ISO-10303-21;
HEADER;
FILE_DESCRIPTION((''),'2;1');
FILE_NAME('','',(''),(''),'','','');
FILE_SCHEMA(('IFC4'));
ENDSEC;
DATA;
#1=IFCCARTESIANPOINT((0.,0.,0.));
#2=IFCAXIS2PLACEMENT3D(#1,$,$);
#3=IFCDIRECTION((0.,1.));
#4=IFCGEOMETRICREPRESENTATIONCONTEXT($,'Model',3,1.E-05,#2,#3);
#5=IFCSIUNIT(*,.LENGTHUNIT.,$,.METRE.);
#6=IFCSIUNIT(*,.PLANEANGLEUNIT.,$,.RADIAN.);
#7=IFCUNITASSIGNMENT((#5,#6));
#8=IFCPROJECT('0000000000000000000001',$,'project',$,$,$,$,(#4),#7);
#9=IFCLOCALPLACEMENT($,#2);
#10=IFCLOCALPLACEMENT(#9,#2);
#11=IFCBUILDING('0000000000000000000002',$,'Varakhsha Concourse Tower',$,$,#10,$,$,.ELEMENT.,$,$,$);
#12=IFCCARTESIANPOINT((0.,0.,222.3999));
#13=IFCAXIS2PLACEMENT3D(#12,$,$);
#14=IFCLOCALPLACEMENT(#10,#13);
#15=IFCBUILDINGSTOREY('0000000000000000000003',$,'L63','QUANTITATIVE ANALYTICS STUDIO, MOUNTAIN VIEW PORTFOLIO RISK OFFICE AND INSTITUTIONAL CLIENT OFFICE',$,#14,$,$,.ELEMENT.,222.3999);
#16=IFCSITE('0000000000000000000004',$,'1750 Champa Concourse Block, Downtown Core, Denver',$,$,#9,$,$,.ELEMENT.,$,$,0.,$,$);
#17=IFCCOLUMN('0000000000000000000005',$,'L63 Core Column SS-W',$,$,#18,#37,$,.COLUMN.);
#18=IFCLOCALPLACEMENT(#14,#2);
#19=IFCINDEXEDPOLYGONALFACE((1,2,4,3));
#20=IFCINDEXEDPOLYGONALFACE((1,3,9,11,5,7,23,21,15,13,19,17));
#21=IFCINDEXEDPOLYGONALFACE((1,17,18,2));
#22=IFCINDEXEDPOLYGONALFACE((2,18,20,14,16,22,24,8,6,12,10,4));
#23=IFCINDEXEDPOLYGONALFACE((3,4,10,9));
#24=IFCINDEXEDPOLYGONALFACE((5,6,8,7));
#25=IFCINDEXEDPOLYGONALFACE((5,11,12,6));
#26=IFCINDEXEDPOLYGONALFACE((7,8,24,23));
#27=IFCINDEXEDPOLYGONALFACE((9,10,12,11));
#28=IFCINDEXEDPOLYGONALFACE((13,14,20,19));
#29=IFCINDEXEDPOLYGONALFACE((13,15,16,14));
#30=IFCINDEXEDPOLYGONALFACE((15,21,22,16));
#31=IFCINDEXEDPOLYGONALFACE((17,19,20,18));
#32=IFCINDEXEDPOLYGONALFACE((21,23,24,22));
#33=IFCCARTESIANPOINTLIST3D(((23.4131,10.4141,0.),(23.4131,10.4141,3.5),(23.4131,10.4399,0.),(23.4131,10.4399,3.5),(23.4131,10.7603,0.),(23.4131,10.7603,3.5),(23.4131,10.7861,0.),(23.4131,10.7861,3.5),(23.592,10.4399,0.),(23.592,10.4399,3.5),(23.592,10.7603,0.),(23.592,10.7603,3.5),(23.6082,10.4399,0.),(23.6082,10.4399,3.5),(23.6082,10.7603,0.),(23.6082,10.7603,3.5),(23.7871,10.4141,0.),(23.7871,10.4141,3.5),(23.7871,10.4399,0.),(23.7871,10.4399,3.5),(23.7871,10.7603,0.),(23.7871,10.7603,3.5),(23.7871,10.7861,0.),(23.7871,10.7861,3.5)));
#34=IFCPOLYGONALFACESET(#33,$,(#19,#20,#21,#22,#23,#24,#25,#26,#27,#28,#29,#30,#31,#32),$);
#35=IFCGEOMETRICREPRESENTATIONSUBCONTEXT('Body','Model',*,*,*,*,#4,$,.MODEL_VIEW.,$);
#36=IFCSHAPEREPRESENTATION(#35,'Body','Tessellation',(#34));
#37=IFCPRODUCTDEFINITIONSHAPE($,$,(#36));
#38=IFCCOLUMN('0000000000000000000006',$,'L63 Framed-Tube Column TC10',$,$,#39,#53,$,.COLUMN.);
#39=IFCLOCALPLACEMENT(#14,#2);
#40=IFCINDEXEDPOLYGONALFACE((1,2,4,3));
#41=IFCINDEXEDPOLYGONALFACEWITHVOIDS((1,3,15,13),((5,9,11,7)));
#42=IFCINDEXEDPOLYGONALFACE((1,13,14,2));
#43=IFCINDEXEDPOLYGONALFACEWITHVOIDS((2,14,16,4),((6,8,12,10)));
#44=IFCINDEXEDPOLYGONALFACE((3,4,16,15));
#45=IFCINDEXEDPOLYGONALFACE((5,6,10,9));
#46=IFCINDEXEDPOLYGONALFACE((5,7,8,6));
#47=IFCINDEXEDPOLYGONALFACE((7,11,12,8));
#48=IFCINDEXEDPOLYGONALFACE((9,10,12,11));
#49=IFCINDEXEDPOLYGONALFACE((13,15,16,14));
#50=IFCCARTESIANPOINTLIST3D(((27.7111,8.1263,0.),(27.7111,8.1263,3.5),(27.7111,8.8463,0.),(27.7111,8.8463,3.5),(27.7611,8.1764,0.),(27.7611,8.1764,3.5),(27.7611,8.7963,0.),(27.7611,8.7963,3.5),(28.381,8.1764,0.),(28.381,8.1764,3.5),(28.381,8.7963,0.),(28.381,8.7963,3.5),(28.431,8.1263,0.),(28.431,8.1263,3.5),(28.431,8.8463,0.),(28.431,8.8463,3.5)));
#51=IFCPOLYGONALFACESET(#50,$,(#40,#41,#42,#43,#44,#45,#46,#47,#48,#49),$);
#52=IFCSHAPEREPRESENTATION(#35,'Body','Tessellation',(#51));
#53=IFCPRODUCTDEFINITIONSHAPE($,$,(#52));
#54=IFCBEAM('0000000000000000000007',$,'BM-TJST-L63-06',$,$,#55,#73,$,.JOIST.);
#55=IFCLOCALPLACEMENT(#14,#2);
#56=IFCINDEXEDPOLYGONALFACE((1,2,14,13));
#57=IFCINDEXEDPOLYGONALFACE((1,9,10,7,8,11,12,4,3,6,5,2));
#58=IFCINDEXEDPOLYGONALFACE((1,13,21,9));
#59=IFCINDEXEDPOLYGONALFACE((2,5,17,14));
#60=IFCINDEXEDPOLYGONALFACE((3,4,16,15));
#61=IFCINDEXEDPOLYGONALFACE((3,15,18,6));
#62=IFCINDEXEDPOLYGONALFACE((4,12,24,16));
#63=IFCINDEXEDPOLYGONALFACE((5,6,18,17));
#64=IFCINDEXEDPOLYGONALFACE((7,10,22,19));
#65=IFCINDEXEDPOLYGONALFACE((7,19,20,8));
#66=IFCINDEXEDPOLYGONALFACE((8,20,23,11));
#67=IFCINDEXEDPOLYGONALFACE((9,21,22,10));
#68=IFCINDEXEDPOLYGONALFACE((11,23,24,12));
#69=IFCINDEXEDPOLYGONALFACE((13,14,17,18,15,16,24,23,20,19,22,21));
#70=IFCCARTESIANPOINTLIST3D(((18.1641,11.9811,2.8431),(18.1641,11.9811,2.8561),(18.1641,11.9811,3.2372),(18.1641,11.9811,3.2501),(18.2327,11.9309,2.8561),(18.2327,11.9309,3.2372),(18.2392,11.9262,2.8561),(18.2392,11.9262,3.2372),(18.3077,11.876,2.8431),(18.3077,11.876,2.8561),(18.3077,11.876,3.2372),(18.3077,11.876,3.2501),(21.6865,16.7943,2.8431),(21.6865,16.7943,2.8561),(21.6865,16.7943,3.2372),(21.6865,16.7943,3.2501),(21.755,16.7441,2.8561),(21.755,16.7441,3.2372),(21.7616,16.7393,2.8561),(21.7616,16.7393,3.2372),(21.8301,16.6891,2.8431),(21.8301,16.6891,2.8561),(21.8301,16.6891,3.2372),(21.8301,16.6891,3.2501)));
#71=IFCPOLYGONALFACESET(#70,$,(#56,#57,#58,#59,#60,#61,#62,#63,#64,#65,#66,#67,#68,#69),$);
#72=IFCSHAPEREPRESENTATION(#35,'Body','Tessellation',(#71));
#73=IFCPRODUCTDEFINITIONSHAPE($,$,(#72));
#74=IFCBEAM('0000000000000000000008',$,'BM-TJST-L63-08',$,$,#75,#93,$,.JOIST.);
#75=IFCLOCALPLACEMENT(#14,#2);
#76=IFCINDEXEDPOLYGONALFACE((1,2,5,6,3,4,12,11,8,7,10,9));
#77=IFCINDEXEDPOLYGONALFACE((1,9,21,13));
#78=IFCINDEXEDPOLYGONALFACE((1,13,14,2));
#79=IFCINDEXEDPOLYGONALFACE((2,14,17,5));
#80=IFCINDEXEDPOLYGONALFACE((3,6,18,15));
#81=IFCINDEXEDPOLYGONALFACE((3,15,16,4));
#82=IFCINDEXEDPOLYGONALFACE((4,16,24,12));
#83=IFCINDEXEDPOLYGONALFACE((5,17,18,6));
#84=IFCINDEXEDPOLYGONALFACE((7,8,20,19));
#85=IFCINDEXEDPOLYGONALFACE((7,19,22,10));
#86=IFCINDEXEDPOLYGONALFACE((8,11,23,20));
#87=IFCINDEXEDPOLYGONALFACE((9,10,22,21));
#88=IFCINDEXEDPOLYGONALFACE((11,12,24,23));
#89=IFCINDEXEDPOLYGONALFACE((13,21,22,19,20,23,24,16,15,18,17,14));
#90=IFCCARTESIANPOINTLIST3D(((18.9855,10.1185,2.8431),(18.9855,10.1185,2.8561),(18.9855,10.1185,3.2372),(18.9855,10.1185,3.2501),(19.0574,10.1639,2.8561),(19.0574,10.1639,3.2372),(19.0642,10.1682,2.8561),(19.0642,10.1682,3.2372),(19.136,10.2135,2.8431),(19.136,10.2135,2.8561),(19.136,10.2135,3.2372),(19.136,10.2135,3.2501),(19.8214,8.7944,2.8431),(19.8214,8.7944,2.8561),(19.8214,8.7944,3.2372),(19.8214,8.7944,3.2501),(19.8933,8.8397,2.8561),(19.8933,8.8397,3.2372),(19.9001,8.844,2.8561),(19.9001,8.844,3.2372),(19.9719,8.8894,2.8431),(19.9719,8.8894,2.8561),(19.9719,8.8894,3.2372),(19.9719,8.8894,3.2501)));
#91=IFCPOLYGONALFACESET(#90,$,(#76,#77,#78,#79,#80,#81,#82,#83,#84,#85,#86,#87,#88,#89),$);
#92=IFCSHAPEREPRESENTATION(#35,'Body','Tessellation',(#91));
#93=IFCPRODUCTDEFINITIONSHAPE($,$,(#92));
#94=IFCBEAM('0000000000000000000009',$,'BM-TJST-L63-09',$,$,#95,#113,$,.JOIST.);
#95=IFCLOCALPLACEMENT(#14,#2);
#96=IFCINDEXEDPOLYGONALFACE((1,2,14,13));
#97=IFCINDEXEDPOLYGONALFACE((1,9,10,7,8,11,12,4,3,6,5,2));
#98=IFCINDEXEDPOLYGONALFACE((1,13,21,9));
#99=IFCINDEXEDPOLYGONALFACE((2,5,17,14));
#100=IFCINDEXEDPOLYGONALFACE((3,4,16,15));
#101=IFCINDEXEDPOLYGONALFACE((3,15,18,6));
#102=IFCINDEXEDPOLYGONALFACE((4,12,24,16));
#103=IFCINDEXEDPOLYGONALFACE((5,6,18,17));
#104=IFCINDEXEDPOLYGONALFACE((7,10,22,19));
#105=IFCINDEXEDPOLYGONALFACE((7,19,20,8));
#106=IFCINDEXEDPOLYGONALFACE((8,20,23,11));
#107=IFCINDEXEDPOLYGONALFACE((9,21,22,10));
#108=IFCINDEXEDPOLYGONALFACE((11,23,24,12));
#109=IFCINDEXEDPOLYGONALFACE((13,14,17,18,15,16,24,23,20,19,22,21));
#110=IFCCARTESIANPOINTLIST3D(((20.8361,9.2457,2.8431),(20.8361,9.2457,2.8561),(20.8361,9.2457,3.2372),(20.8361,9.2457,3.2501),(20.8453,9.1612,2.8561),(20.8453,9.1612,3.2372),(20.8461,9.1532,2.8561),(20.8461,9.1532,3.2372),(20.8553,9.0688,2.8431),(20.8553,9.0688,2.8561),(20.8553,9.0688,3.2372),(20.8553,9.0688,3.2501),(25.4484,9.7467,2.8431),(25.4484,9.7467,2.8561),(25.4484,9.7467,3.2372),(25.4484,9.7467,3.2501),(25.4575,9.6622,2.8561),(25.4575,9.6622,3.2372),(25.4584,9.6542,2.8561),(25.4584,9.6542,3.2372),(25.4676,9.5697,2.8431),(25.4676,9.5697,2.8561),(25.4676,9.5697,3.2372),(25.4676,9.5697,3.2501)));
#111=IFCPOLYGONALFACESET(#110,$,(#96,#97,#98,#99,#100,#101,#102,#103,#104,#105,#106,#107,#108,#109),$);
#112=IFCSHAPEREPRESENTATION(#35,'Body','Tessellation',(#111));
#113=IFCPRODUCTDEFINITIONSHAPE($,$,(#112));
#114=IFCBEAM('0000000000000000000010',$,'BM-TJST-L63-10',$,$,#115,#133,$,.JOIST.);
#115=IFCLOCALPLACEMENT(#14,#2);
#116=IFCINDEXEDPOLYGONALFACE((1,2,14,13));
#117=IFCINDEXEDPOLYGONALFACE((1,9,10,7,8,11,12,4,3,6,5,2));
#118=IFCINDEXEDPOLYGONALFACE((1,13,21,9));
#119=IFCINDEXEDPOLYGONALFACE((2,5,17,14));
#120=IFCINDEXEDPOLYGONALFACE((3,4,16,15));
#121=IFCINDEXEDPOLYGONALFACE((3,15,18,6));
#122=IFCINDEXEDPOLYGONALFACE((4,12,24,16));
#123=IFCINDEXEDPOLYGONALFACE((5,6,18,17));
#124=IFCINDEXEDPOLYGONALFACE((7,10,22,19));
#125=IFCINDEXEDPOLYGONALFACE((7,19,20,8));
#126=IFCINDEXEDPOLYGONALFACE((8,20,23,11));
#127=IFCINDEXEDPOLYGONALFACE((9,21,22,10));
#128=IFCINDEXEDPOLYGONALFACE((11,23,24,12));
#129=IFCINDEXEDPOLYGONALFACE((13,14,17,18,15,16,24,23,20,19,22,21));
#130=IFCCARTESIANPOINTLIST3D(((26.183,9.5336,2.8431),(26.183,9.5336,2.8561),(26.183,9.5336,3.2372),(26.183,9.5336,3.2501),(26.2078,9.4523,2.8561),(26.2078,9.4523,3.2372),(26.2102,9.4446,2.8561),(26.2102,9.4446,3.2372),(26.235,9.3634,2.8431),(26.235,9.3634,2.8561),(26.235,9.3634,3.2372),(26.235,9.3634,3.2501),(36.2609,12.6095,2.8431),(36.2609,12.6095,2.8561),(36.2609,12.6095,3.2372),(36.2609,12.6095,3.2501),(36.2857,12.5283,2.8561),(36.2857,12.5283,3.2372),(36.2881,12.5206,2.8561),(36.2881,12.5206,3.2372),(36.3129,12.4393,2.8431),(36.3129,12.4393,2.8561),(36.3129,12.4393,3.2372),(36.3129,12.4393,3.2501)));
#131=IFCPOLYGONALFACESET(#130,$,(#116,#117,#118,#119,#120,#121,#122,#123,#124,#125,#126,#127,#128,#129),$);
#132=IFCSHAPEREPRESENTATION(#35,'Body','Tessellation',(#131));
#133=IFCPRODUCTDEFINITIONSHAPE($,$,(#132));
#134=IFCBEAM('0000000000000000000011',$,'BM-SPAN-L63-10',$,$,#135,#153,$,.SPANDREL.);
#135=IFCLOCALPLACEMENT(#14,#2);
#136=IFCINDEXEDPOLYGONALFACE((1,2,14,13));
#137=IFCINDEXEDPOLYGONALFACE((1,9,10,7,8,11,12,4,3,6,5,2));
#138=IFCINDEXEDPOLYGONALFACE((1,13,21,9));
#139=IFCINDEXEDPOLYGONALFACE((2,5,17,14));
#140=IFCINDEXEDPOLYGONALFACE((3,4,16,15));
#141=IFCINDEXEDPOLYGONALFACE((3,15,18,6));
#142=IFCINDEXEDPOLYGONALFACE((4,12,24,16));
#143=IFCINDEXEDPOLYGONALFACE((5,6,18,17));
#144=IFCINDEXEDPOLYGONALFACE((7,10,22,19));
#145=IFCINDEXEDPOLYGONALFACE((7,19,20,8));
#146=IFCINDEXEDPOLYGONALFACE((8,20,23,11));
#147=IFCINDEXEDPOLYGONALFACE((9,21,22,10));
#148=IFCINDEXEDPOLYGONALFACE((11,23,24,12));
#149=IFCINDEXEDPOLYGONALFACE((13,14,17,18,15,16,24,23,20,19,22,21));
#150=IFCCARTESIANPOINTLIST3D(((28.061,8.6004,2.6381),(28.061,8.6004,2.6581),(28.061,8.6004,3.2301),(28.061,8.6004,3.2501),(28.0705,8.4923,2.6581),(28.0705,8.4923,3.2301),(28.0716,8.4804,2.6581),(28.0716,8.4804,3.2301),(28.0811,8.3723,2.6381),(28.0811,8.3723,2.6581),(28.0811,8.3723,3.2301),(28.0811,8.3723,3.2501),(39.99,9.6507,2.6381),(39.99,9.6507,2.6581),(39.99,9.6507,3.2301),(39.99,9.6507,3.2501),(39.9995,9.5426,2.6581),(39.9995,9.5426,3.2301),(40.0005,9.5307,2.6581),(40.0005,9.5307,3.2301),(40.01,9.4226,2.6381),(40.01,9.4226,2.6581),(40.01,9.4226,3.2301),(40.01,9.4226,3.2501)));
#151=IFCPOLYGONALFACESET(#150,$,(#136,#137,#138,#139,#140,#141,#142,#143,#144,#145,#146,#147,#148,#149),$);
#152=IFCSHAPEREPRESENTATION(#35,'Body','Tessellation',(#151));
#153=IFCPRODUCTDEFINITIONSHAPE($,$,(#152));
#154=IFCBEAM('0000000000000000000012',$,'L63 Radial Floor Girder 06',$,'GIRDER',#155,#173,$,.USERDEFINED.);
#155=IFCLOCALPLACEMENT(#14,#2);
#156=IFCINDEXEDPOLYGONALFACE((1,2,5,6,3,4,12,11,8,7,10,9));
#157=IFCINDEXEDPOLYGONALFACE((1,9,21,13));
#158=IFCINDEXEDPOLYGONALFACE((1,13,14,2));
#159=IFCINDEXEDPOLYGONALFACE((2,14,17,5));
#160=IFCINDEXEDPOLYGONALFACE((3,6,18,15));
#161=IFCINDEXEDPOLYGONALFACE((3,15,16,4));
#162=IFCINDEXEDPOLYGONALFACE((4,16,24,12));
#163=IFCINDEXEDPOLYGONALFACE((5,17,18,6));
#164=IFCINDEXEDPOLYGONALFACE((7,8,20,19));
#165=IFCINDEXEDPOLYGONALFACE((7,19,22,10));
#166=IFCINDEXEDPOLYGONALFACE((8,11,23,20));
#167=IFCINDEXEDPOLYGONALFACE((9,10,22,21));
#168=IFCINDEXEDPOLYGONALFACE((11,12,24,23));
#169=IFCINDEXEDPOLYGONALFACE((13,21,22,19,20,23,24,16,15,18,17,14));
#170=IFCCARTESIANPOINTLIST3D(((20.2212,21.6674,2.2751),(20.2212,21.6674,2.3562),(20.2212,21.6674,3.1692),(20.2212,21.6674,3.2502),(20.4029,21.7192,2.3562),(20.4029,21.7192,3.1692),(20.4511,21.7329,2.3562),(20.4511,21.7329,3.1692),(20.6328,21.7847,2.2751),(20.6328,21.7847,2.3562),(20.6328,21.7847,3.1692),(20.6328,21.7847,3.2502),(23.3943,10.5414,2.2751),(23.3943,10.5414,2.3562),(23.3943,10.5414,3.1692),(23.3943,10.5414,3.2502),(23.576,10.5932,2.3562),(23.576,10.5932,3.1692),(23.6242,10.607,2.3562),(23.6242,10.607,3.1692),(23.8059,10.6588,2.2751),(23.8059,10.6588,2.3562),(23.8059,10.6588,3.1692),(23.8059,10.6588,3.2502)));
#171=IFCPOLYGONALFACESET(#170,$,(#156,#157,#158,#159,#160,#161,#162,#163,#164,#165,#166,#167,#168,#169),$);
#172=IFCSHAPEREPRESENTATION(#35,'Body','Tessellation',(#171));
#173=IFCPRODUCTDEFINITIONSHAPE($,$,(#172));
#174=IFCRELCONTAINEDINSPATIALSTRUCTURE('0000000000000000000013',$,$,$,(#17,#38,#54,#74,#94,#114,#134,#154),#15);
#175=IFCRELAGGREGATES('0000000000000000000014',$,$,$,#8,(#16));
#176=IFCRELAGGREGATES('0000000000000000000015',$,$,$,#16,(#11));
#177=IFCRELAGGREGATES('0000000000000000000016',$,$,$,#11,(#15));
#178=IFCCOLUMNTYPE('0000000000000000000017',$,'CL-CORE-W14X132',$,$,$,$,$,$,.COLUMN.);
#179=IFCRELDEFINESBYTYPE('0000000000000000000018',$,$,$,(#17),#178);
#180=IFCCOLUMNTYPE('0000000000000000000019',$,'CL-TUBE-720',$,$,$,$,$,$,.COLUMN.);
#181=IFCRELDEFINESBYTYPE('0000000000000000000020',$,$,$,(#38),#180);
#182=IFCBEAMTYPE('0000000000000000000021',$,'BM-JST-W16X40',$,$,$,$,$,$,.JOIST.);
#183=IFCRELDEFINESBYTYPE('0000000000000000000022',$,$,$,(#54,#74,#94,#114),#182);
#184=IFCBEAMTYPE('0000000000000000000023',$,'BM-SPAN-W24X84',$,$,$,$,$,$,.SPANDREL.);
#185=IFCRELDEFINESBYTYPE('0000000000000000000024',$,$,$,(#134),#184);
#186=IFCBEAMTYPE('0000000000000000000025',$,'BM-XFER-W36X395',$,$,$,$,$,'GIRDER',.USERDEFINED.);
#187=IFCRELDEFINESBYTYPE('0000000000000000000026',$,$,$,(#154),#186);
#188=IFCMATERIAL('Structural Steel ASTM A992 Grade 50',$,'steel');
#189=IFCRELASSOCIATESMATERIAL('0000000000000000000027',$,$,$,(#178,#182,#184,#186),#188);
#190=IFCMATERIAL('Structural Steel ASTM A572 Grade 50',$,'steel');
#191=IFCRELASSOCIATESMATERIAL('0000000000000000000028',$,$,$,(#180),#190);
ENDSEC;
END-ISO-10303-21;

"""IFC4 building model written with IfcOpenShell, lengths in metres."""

from ifc_helpers import new_model, si_unit, direction, frame, origin, origin_2d, place, context, subcontext, project, spatial, hollow_rectangle, i_section, extrude, material, material_profile, profile_set, type_object, element, save


model = new_model("IFC4")

# Units and contexts
model_context = context("Model", 3, precision=1e-05, world=origin(), true_north=direction((0.0, 1.0)))
body_context = subcontext(model_context, "Body", "Model", "MODEL_VIEW")
ifc_project = project(units=[si_unit("LENGTHUNIT", "METRE"), si_unit("PLANEANGLEUNIT", "RADIAN")], contexts=[model_context])

# Site, building, storey
site_placement = place(None, origin())
site = spatial("IfcSite", under=ifc_project, at=site_placement, Name="1750 Champa Concourse Block, Downtown Core, Denver", CompositionType="ELEMENT", RefElevation=0.0)
building_placement = place(site_placement, origin())
building = spatial("IfcBuilding", under=site, at=building_placement, Name="Varakhsha Concourse Tower", CompositionType="ELEMENT")
storey_placement = place(building_placement, frame((0.0, 0.0, 222.3999)))
storey = spatial("IfcBuildingStorey", under=building, at=storey_placement, Name="L63", Description="QUANTITATIVE ANALYTICS STUDIO, MOUNTAIN VIEW PORTFOLIO RISK OFFICE AND INSTITUTIONAL CLIENT OFFICE", CompositionType="ELEMENT", Elevation=222.3999)

# Columns
ifc_material_1 = material(Name="Structural Steel ASTM A992 Grade 50", Category="steel")
ifc_material_profile_1 = material_profile(ifc_material_1, i_section(OverallWidth=0.374, OverallDepth=0.3721, WebThickness=0.0161, FlangeThickness=0.0259, at=origin_2d()), Name="W14X132")
ifc_profile_set_1 = profile_set([ifc_material_profile_1], Name="Structural Steel ASTM A992 Grade 50")
column_type_1 = type_object("IfcColumnType", Name="CL-CORE-W14X132", PredefinedType="COLUMN", material=ifc_profile_set_1)
column_1_placement = place(storey_placement, frame((23.6001, 10.6001, 0.0), z_axis=(0.0, 0.0, 1.0), x_axis=(1.0, 0.0, 0.0)))
element("IfcColumn", 1, at=column_1_placement, inside=storey, type_object=column_type_1, Name="L63 Core Column SS-W", PredefinedType="COLUMN", context=body_context, shape_type="SweptSolid", body=[
    extrude(i_section(OverallWidth=0.374, OverallDepth=0.3721, WebThickness=0.0161, FlangeThickness=0.0259, at=origin_2d()), origin(), (0.0, 0.0, 1.0), 3.5),
])
ifc_material_2 = material(Name="Structural Steel ASTM A572 Grade 50", Category="steel")
ifc_material_profile_2 = material_profile(ifc_material_2, hollow_rectangle(XDim=0.72, YDim=0.72, WallThickness=0.05, at=origin_2d()), Name="BOX 720x720x50")
ifc_profile_set_2 = profile_set([ifc_material_profile_2], Name="Structural Steel ASTM A572 Grade 50")
column_type_2 = type_object("IfcColumnType", Name="CL-TUBE-720", PredefinedType="COLUMN", material=ifc_profile_set_2)
column_2_placement = place(storey_placement, frame((28.071, 8.4863, 0.0), z_axis=(0.0, 0.0, 1.0), x_axis=(1.0, 0.0, 0.0)))
element("IfcColumn", 2, at=column_2_placement, inside=storey, type_object=column_type_2, Name="L63 Framed-Tube Column TC10", PredefinedType="COLUMN", context=body_context, shape_type="SweptSolid", body=[
    extrude(hollow_rectangle(XDim=0.72, YDim=0.72, WallThickness=0.05, at=origin_2d()), origin(), (0.0, 0.0, 1.0), 3.5),
])

# Beams
ifc_material_profile_3 = material_profile(ifc_material_1, i_section(OverallWidth=0.178, OverallDepth=0.407, WebThickness=0.0081, FlangeThickness=0.0129, at=origin_2d()), Name="W16X40")
ifc_profile_set_3 = profile_set([ifc_material_profile_3], Name="Structural Steel ASTM A992 Grade 50")
beam_type_1 = type_object("IfcBeamType", Name="BM-JST-W16X40", PredefinedType="JOIST", material=ifc_profile_set_3)
beam_1_placement = place(storey_placement, frame((21.7583, 16.7417, 3.0466), z_axis=(-0.590574, -0.806984, 0.0), x_axis=(0.806984, -0.590574, 0.0)))
element("IfcBeam", 3, at=beam_1_placement, inside=storey, type_object=beam_type_1, Name="BM-TJST-L63-06", PredefinedType="JOIST", context=body_context, shape_type="SweptSolid", body=[
    extrude(i_section(OverallWidth=0.178, OverallDepth=0.407, WebThickness=0.0081, FlangeThickness=0.0129, at=origin_2d()), origin(), (0.0, 0.0, 1.0), 5.9644),
])
beam_2_placement = place(storey_placement, frame((19.0608, 10.166, 3.0466), z_axis=(0.533805, -0.845607, 0.0), x_axis=(0.845607, 0.533805, 0.0)))
element("IfcBeam", 4, at=beam_2_placement, inside=storey, type_object=beam_type_1, Name="BM-TJST-L63-08", PredefinedType="JOIST", context=body_context, shape_type="SweptSolid", body=[
    extrude(i_section(OverallWidth=0.178, OverallDepth=0.407, WebThickness=0.0081, FlangeThickness=0.0129, at=origin_2d()), origin(), (0.0, 0.0, 1.0), 1.5659),
])
beam_3_placement = place(storey_placement, frame((20.8457, 9.1572, 3.0466), z_axis=(0.994153, 0.107982, 0.0), x_axis=(-0.107982, 0.994153, 0.0)))
element("IfcBeam", 5, at=beam_3_placement, inside=storey, type_object=beam_type_1, Name="BM-TJST-L63-09", PredefinedType="JOIST", context=body_context, shape_type="SweptSolid", body=[
    extrude(i_section(OverallWidth=0.178, OverallDepth=0.407, WebThickness=0.0081, FlangeThickness=0.0129, at=origin_2d()), origin(), (0.0, 0.0, 1.0), 4.6394),
])
beam_4_placement = place(storey_placement, frame((26.209, 9.4485, 3.0466), z_axis=(0.956442, 0.291921, 0.0), x_axis=(-0.291921, 0.956442, 0.0)))
element("IfcBeam", 6, at=beam_4_placement, inside=storey, type_object=beam_type_1, Name="BM-TJST-L63-10", PredefinedType="JOIST", context=body_context, shape_type="SweptSolid", body=[
    extrude(i_section(OverallWidth=0.178, OverallDepth=0.407, WebThickness=0.0081, FlangeThickness=0.0129, at=origin_2d()), origin(), (0.0, 0.0, 1.0), 10.5369),
])
ifc_material_profile_4 = material_profile(ifc_material_1, i_section(OverallWidth=0.229, OverallDepth=0.6121, WebThickness=0.012, FlangeThickness=0.02, at=origin_2d()), Name="W24X84")
ifc_profile_set_4 = profile_set([ifc_material_profile_4], Name="Structural Steel ASTM A992 Grade 50")
beam_type_2 = type_object("IfcBeamType", Name="BM-SPAN-W24X84", PredefinedType="SPANDREL", material=ifc_profile_set_4)
beam_5_placement = place(storey_placement, frame((28.071, 8.4863, 2.9441), z_axis=(0.996146, 0.087706, 0.0), x_axis=(-0.087706, 0.996146, 0.0)))
element("IfcBeam", 7, at=beam_5_placement, inside=storey, type_object=beam_type_2, Name="BM-SPAN-L63-10", PredefinedType="SPANDREL", context=body_context, shape_type="SweptSolid", body=[
    extrude(i_section(OverallWidth=0.229, OverallDepth=0.6121, WebThickness=0.012, FlangeThickness=0.02, at=origin_2d()), origin(), (0.0, 0.0, 1.0), 11.9751),
])
ifc_material_profile_5 = material_profile(ifc_material_1, i_section(OverallWidth=0.428, OverallDepth=0.9751, WebThickness=0.05, FlangeThickness=0.0811, at=origin_2d()), Name="W36X395")
ifc_profile_set_5 = profile_set([ifc_material_profile_5], Name="Structural Steel ASTM A992 Grade 50")
beam_type_3 = type_object("IfcBeamType", Name="BM-XFER-W36X395", ElementType="GIRDER", PredefinedType="USERDEFINED", material=ifc_profile_set_5)
beam_6_placement = place(storey_placement, frame((23.6001, 10.6001, 2.7627), z_axis=(-0.274261, 0.961655, 0.0), x_axis=(-0.961655, -0.274261, 0.0)))
element("IfcBeam", 8, at=beam_6_placement, inside=storey, type_object=beam_type_3, Name="L63 Radial Floor Girder 06", ObjectType="GIRDER", PredefinedType="USERDEFINED", context=body_context, shape_type="SweptSolid", body=[
    extrude(i_section(OverallWidth=0.428, OverallDepth=0.9751, WebThickness=0.05, FlangeThickness=0.0811, at=origin_2d()), origin(), (0.0, 0.0, 1.0), 11.5696),
])

save(model, "model.ifc")
